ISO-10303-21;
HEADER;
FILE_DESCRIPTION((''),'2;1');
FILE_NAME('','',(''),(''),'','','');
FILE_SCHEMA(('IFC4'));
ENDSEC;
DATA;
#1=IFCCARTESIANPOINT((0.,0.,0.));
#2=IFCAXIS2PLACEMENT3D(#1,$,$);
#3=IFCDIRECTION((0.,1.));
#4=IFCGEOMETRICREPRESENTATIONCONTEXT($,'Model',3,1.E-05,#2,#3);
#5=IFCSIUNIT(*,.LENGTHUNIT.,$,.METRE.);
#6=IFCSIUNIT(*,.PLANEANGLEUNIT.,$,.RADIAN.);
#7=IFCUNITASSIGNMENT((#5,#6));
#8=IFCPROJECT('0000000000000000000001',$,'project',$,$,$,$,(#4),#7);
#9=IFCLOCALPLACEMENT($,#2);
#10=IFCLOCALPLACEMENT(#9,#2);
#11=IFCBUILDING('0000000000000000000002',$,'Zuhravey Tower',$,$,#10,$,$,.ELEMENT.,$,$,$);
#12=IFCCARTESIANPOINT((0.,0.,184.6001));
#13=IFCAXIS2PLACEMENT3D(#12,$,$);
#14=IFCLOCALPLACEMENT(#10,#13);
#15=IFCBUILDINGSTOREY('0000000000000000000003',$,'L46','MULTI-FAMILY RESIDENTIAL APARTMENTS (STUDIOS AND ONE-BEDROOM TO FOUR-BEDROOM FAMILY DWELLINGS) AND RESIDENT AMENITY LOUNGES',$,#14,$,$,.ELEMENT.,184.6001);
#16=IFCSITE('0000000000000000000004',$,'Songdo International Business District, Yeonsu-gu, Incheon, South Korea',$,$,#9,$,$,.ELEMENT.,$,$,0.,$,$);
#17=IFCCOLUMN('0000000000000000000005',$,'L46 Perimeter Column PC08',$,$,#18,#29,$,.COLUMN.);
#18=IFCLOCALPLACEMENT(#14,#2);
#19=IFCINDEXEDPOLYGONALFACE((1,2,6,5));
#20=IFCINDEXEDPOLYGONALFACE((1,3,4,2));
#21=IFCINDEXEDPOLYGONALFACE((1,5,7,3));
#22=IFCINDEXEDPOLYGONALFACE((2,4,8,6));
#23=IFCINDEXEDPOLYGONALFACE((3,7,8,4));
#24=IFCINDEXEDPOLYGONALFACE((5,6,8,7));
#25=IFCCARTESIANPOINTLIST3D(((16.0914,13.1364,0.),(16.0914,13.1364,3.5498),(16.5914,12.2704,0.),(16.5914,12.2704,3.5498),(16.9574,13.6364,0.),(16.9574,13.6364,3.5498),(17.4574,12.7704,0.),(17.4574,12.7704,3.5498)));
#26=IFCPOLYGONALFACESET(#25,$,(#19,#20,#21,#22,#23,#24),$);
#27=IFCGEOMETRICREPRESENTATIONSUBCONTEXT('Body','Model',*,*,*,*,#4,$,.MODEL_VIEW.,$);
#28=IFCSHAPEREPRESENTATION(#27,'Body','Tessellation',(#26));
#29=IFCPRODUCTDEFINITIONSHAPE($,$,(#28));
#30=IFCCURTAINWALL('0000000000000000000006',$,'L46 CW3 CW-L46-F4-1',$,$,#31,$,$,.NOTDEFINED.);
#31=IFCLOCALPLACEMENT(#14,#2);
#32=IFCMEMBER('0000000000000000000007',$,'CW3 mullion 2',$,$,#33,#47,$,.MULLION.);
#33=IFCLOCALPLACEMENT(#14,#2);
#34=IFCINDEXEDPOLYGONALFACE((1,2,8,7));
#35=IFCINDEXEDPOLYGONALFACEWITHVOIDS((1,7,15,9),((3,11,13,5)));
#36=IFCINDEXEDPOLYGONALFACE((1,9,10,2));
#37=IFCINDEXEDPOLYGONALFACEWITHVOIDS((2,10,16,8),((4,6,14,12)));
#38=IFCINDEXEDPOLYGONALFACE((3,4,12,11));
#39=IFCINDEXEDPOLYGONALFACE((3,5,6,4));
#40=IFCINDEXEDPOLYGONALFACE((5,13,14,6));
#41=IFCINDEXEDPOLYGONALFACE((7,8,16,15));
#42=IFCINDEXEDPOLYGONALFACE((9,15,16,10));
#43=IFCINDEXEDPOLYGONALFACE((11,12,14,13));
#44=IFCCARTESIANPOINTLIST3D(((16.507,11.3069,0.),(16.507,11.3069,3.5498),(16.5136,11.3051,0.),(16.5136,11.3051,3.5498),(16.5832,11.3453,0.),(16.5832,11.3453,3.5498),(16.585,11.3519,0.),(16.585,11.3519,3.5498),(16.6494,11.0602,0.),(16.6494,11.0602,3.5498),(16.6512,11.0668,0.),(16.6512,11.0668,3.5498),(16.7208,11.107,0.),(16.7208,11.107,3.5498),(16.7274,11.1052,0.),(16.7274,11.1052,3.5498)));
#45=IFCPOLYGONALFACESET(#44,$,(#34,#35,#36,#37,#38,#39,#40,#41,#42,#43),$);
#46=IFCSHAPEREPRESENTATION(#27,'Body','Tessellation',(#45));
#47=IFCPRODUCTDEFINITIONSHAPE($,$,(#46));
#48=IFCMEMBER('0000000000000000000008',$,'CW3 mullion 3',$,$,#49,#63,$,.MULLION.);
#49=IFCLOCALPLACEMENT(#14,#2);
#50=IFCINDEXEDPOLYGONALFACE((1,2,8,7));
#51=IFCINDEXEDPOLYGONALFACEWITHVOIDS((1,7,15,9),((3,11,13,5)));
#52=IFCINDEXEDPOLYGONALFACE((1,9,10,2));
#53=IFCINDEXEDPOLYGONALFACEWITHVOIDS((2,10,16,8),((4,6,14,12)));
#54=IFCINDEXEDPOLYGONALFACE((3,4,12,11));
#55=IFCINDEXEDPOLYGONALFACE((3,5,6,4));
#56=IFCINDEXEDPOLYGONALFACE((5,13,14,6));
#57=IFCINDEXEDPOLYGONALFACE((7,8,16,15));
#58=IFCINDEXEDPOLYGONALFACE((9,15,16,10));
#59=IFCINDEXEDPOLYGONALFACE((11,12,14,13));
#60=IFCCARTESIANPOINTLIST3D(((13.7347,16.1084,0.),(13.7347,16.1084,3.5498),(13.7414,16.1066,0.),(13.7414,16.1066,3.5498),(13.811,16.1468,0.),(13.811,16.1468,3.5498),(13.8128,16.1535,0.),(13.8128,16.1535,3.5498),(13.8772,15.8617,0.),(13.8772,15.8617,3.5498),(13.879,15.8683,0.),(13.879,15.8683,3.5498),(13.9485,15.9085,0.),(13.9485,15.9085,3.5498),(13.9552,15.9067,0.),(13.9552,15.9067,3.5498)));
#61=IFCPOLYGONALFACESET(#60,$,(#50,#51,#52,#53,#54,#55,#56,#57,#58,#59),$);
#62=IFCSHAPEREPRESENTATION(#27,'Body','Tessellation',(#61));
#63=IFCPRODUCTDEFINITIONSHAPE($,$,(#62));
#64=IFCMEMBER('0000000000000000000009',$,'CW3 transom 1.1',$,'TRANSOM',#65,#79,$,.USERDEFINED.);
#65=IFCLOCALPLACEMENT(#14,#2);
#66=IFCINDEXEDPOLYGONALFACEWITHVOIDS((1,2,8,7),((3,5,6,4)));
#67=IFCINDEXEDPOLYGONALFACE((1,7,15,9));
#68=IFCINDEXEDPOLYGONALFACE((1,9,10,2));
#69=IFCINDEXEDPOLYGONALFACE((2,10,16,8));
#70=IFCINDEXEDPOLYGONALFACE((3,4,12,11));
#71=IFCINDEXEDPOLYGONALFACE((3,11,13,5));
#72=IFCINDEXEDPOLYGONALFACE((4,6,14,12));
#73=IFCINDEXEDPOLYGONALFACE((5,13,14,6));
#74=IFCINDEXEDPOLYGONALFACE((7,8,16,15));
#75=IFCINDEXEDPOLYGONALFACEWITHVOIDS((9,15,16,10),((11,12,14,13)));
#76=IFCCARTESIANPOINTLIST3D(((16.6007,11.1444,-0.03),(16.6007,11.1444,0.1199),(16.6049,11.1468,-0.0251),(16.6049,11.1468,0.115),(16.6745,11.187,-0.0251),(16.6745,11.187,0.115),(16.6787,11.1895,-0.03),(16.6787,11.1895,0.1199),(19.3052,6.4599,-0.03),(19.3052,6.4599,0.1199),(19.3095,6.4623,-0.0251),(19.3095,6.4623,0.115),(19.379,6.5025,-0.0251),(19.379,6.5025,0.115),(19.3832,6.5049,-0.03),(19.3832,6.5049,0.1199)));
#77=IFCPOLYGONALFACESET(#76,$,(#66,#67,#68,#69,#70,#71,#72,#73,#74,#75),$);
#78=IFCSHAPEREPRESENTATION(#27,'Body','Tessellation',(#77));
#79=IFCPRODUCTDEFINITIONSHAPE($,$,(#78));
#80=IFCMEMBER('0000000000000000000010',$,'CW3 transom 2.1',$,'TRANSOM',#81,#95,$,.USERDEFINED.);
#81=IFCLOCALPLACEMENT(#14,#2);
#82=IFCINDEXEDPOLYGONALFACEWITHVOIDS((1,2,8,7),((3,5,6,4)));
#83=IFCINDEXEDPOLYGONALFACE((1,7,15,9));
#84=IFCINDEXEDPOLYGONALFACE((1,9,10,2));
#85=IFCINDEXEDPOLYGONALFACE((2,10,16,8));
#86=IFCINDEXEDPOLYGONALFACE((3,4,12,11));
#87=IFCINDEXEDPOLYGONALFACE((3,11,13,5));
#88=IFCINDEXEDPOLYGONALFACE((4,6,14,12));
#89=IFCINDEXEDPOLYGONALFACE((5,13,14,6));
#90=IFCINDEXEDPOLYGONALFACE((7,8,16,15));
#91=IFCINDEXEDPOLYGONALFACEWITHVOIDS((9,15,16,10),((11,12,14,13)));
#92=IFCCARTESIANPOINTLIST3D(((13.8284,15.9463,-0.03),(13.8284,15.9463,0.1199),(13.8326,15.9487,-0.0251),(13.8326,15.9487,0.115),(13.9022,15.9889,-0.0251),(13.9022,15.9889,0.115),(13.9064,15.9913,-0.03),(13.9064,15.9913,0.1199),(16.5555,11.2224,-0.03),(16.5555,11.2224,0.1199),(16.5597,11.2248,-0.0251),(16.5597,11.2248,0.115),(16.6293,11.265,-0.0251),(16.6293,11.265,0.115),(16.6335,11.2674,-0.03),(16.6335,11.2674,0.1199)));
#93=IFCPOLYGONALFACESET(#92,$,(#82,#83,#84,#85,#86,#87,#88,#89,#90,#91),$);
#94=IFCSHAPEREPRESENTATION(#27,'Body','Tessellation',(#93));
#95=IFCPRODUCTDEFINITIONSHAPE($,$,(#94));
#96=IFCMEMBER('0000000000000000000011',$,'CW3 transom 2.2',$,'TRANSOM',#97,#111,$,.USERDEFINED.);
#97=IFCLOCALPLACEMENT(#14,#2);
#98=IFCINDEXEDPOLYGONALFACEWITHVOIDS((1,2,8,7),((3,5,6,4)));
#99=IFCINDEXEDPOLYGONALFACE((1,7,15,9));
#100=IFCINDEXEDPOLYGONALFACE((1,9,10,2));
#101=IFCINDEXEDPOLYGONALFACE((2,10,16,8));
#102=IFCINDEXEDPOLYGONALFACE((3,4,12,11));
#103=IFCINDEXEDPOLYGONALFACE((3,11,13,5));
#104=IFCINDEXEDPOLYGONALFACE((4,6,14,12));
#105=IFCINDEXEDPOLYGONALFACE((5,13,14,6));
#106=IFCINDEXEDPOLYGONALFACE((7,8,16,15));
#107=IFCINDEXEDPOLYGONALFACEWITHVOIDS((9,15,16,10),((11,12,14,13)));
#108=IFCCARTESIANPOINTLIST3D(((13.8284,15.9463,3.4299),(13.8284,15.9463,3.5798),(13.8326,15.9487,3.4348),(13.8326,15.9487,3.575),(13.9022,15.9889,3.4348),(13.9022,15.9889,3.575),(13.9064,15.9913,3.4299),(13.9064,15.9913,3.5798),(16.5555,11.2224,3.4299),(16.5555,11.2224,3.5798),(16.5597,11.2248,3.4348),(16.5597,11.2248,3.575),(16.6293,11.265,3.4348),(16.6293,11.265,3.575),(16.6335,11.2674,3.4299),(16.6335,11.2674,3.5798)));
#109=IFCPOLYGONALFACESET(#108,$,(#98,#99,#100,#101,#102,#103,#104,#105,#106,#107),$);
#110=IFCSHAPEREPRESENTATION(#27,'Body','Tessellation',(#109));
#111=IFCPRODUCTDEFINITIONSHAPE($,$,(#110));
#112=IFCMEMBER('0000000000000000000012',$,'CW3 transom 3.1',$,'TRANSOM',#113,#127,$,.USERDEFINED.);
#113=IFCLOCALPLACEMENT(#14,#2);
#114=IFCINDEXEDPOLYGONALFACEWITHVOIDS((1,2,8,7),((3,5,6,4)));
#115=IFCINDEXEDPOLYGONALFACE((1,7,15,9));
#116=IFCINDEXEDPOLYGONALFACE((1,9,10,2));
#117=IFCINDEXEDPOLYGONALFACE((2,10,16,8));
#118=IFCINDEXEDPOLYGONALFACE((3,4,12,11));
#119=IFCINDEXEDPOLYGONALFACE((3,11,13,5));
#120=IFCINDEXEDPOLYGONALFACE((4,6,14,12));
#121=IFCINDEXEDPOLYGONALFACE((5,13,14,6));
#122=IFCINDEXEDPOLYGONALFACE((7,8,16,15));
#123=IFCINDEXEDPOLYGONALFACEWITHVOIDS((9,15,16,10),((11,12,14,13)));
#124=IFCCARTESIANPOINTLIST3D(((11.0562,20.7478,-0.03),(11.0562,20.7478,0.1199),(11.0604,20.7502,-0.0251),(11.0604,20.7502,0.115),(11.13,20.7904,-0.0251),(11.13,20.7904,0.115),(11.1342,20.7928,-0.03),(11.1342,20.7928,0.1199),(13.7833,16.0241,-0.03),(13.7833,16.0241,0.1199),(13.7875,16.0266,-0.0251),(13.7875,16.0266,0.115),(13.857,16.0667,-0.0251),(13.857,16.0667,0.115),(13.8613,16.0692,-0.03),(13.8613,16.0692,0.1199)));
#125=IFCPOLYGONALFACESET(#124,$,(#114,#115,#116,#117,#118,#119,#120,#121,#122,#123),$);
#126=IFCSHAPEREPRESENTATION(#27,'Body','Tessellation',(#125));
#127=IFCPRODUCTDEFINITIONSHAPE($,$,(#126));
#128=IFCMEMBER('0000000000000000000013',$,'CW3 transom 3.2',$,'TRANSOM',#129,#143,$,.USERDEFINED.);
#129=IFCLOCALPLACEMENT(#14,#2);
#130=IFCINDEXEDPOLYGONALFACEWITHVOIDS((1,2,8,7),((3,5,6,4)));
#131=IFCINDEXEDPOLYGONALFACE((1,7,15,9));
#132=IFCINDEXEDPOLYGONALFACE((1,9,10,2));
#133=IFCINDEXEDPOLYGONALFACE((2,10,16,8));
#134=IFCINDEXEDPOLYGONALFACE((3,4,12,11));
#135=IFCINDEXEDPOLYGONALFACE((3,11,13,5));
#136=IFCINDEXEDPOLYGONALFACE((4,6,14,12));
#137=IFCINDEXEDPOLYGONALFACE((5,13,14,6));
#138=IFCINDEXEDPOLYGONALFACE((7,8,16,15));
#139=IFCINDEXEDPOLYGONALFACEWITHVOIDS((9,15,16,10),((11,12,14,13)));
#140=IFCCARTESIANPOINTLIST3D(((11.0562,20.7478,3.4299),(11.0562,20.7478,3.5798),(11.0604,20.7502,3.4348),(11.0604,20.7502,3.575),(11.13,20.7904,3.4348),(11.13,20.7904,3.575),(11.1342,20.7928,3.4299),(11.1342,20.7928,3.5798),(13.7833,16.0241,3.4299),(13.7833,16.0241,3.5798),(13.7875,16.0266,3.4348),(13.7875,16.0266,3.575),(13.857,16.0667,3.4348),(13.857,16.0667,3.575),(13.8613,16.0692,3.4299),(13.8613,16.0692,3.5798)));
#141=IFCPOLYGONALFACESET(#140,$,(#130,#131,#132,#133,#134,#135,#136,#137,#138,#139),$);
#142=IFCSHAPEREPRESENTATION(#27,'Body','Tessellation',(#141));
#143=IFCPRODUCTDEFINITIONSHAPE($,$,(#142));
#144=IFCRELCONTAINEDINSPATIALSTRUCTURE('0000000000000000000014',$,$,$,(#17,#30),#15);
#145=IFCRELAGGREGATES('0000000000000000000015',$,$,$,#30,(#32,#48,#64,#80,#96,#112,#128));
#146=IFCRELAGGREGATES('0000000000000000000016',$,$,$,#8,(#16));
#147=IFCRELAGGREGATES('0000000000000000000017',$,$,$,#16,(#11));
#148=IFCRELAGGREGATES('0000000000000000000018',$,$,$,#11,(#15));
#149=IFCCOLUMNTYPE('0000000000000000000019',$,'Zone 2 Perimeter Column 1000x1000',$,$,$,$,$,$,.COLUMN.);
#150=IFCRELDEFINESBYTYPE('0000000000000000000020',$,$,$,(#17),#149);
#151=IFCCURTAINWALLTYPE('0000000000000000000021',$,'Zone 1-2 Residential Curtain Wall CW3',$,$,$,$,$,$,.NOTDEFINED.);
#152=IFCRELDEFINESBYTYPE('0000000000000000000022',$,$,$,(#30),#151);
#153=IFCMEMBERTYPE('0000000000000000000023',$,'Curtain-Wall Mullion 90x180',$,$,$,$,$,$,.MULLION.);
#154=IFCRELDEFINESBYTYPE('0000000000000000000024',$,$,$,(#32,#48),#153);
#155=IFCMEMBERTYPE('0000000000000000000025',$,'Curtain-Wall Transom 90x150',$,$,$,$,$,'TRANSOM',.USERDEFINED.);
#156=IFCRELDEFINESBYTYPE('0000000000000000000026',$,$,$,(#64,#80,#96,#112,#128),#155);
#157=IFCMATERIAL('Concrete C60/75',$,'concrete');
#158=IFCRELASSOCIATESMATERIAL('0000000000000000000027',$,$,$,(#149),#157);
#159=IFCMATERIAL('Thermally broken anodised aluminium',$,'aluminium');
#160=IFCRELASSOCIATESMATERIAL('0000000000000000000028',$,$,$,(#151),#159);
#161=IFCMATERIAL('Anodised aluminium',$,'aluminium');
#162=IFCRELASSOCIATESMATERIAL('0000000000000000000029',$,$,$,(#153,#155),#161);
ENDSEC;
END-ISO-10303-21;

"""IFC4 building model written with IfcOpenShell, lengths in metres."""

from ifc_helpers import new_model, si_unit, direction, frame, origin, origin_2d, place, context, subcontext, project, spatial, rectangle, hollow_rectangle, extrude, material, material_profile, profile_set, type_object, element, aggregate, save


model = new_model("IFC4")

# Units and contexts
model_context = context("Model", 3, precision=1e-05, world=origin(), true_north=direction((0.0, 1.0)))
body_context = subcontext(model_context, "Body", "Model", "MODEL_VIEW")
ifc_project = project(units=[si_unit("LENGTHUNIT", "METRE"), si_unit("PLANEANGLEUNIT", "RADIAN")], contexts=[model_context])

# Site, building, storey
site_placement = place(None, origin())
site = spatial("IfcSite", under=ifc_project, at=site_placement, Name="Songdo International Business District, Yeonsu-gu, Incheon, South Korea", CompositionType="ELEMENT", RefElevation=0.0)
building_placement = place(site_placement, origin())
building = spatial("IfcBuilding", under=site, at=building_placement, Name="Zuhravey Tower", CompositionType="ELEMENT")
storey_placement = place(building_placement, frame((0.0, 0.0, 184.6001)))
storey = spatial("IfcBuildingStorey", under=building, at=storey_placement, Name="L46", Description="MULTI-FAMILY RESIDENTIAL APARTMENTS (STUDIOS AND ONE-BEDROOM TO FOUR-BEDROOM FAMILY DWELLINGS) AND RESIDENT AMENITY LOUNGES", CompositionType="ELEMENT", Elevation=184.6001)

# Column
ifc_material_1 = material(Name="Concrete C60/75", Category="concrete")
ifc_material_profile_1 = material_profile(ifc_material_1, rectangle(XDim=1.0, YDim=1.0, at=origin_2d()), Name="RC-1000x1000")
ifc_profile_set_1 = profile_set([ifc_material_profile_1], Name="Concrete C60/75")
column_type = type_object("IfcColumnType", Name="Zone 2 Perimeter Column 1000x1000", PredefinedType="COLUMN", material=ifc_profile_set_1)
column_placement = place(storey_placement, frame((16.7744, 12.9534, 0.0), z_axis=(0.0, 0.0, 1.0), x_axis=(0.5, -0.866025, 0.0)))
element("IfcColumn", 1, at=column_placement, inside=storey, type_object=column_type, Name="L46 Perimeter Column PC08", PredefinedType="COLUMN", context=body_context, shape_type="SweptSolid", body=[
    extrude(rectangle(XDim=1.0, YDim=1.0, at=origin_2d()), origin(), (0.0, 0.0, 1.0), 3.5498),
])

# Curtain wall, members
ifc_material_2 = material(Name="Thermally broken anodised aluminium", Category="aluminium")
curtain_wall_type = type_object("IfcCurtainWallType", Name="Zone 1-2 Residential Curtain Wall CW3", PredefinedType="NOTDEFINED", material=ifc_material_2)
curtain_wall_placement = place(storey_placement, origin())
curtain_wall = element("IfcCurtainWall", 2, at=curtain_wall_placement, inside=storey, type_object=curtain_wall_type, Name="L46 CW3 CW-L46-F4-1", PredefinedType="NOTDEFINED")
ifc_material_3 = material(Name="Anodised aluminium", Category="aluminium")
ifc_material_profile_2 = material_profile(ifc_material_3, hollow_rectangle(XDim=0.0901, YDim=0.2849, WallThickness=0.0049, at=origin_2d()), Name="ALU-RHS-90x285x5")
ifc_profile_set_2 = profile_set([ifc_material_profile_2], Name="Anodised aluminium")
member_type_1 = type_object("IfcMemberType", Name="Curtain-Wall Mullion 90x180", PredefinedType="MULLION", material=ifc_profile_set_2)
member_1_placement = place(storey_placement, frame((16.6172, 11.2061, 0.0), z_axis=(0.0, 0.0, 1.0), x_axis=(-0.866025, -0.5, 0.0)))
member_1 = element("IfcMember", 3, at=member_1_placement, type_object=member_type_1, Name="CW3 mullion 2", PredefinedType="MULLION", context=body_context, shape_type="SweptSolid", body=[
    extrude(hollow_rectangle(XDim=0.0901, YDim=0.2849, WallThickness=0.0049, at=origin_2d()), origin(), (0.0, 0.0, 1.0), 3.5498),
])
member_2_placement = place(storey_placement, frame((13.845, 16.0076, 0.0), z_axis=(0.0, 0.0, 1.0), x_axis=(-0.866025, -0.5, 0.0)))
member_2 = element("IfcMember", 4, at=member_2_placement, type_object=member_type_1, Name="CW3 mullion 3", PredefinedType="MULLION", context=body_context, shape_type="SweptSolid", body=[
    extrude(hollow_rectangle(XDim=0.0901, YDim=0.2849, WallThickness=0.0049, at=origin_2d()), origin(), (0.0, 0.0, 1.0), 3.5498),
])
ifc_material_profile_3 = material_profile(ifc_material_3, hollow_rectangle(XDim=0.0901, YDim=0.1499, WallThickness=0.0049, at=origin_2d()), Name="ALU-RHS-90x150x5")
ifc_profile_set_3 = profile_set([ifc_material_profile_3], Name="Anodised aluminium")
member_type_2 = type_object("IfcMemberType", Name="Curtain-Wall Transom 90x150", ElementType="TRANSOM", PredefinedType="USERDEFINED", material=ifc_profile_set_3)
member_3_placement = place(storey_placement, frame((19.3442, 6.4824, 0.0449), z_axis=(-0.499993, 0.866029, 0.0), x_axis=(-0.866029, -0.499993, 0.0)))
member_3 = element("IfcMember", 5, at=member_3_placement, type_object=member_type_2, Name="CW3 transom 1.1", ObjectType="TRANSOM", PredefinedType="USERDEFINED", context=body_context, shape_type="SweptSolid", body=[
    extrude(hollow_rectangle(XDim=0.0901, YDim=0.1499, WallThickness=0.0049, at=origin_2d()), origin(), (0.0, 0.0, 1.0), 5.4092),
])
member_4_placement = place(storey_placement, frame((16.5945, 11.2449, 0.0449), z_axis=(-0.499961, 0.866048, 0.0), x_axis=(-0.866048, -0.499961, 0.0)))
member_4 = element("IfcMember", 6, at=member_4_placement, type_object=member_type_2, Name="CW3 transom 2.1", ObjectType="TRANSOM", PredefinedType="USERDEFINED", context=body_context, shape_type="SweptSolid", body=[
    extrude(hollow_rectangle(XDim=0.0901, YDim=0.1499, WallThickness=0.0049, at=origin_2d()), origin(), (0.0, 0.0, 1.0), 5.4546),
])
member_5_placement = place(storey_placement, frame((16.5945, 11.2449, 3.5049), z_axis=(-0.499961, 0.866048, 0.0), x_axis=(-0.866048, -0.499961, 0.0)))
member_5 = element("IfcMember", 7, at=member_5_placement, type_object=member_type_2, Name="CW3 transom 2.2", ObjectType="TRANSOM", PredefinedType="USERDEFINED", context=body_context, shape_type="SweptSolid", body=[
    extrude(hollow_rectangle(XDim=0.0901, YDim=0.1499, WallThickness=0.0049, at=origin_2d()), origin(), (0.0, 0.0, 1.0), 5.4546),
])
member_6_placement = place(storey_placement, frame((13.8223, 16.0466, 0.0449), z_axis=(-0.499981, 0.866037, 0.0), x_axis=(-0.866037, -0.499981, 0.0)))
member_6 = element("IfcMember", 8, at=member_6_placement, type_object=member_type_2, Name="CW3 transom 3.1", ObjectType="TRANSOM", PredefinedType="USERDEFINED", context=body_context, shape_type="SweptSolid", body=[
    extrude(hollow_rectangle(XDim=0.0901, YDim=0.1499, WallThickness=0.0049, at=origin_2d()), origin(), (0.0, 0.0, 1.0), 5.4543),
])
member_7_placement = place(storey_placement, frame((13.8223, 16.0466, 3.5049), z_axis=(-0.499981, 0.866037, 0.0), x_axis=(-0.866037, -0.499981, 0.0)))
member_7 = element("IfcMember", 9, at=member_7_placement, type_object=member_type_2, Name="CW3 transom 3.2", ObjectType="TRANSOM", PredefinedType="USERDEFINED", context=body_context, shape_type="SweptSolid", body=[
    extrude(hollow_rectangle(XDim=0.0901, YDim=0.1499, WallThickness=0.0049, at=origin_2d()), origin(), (0.0, 0.0, 1.0), 5.4543),
])

aggregate(curtain_wall, [member_1, member_2, member_3, member_4, member_5, member_6, member_7])

save(model, "model.ifc")
